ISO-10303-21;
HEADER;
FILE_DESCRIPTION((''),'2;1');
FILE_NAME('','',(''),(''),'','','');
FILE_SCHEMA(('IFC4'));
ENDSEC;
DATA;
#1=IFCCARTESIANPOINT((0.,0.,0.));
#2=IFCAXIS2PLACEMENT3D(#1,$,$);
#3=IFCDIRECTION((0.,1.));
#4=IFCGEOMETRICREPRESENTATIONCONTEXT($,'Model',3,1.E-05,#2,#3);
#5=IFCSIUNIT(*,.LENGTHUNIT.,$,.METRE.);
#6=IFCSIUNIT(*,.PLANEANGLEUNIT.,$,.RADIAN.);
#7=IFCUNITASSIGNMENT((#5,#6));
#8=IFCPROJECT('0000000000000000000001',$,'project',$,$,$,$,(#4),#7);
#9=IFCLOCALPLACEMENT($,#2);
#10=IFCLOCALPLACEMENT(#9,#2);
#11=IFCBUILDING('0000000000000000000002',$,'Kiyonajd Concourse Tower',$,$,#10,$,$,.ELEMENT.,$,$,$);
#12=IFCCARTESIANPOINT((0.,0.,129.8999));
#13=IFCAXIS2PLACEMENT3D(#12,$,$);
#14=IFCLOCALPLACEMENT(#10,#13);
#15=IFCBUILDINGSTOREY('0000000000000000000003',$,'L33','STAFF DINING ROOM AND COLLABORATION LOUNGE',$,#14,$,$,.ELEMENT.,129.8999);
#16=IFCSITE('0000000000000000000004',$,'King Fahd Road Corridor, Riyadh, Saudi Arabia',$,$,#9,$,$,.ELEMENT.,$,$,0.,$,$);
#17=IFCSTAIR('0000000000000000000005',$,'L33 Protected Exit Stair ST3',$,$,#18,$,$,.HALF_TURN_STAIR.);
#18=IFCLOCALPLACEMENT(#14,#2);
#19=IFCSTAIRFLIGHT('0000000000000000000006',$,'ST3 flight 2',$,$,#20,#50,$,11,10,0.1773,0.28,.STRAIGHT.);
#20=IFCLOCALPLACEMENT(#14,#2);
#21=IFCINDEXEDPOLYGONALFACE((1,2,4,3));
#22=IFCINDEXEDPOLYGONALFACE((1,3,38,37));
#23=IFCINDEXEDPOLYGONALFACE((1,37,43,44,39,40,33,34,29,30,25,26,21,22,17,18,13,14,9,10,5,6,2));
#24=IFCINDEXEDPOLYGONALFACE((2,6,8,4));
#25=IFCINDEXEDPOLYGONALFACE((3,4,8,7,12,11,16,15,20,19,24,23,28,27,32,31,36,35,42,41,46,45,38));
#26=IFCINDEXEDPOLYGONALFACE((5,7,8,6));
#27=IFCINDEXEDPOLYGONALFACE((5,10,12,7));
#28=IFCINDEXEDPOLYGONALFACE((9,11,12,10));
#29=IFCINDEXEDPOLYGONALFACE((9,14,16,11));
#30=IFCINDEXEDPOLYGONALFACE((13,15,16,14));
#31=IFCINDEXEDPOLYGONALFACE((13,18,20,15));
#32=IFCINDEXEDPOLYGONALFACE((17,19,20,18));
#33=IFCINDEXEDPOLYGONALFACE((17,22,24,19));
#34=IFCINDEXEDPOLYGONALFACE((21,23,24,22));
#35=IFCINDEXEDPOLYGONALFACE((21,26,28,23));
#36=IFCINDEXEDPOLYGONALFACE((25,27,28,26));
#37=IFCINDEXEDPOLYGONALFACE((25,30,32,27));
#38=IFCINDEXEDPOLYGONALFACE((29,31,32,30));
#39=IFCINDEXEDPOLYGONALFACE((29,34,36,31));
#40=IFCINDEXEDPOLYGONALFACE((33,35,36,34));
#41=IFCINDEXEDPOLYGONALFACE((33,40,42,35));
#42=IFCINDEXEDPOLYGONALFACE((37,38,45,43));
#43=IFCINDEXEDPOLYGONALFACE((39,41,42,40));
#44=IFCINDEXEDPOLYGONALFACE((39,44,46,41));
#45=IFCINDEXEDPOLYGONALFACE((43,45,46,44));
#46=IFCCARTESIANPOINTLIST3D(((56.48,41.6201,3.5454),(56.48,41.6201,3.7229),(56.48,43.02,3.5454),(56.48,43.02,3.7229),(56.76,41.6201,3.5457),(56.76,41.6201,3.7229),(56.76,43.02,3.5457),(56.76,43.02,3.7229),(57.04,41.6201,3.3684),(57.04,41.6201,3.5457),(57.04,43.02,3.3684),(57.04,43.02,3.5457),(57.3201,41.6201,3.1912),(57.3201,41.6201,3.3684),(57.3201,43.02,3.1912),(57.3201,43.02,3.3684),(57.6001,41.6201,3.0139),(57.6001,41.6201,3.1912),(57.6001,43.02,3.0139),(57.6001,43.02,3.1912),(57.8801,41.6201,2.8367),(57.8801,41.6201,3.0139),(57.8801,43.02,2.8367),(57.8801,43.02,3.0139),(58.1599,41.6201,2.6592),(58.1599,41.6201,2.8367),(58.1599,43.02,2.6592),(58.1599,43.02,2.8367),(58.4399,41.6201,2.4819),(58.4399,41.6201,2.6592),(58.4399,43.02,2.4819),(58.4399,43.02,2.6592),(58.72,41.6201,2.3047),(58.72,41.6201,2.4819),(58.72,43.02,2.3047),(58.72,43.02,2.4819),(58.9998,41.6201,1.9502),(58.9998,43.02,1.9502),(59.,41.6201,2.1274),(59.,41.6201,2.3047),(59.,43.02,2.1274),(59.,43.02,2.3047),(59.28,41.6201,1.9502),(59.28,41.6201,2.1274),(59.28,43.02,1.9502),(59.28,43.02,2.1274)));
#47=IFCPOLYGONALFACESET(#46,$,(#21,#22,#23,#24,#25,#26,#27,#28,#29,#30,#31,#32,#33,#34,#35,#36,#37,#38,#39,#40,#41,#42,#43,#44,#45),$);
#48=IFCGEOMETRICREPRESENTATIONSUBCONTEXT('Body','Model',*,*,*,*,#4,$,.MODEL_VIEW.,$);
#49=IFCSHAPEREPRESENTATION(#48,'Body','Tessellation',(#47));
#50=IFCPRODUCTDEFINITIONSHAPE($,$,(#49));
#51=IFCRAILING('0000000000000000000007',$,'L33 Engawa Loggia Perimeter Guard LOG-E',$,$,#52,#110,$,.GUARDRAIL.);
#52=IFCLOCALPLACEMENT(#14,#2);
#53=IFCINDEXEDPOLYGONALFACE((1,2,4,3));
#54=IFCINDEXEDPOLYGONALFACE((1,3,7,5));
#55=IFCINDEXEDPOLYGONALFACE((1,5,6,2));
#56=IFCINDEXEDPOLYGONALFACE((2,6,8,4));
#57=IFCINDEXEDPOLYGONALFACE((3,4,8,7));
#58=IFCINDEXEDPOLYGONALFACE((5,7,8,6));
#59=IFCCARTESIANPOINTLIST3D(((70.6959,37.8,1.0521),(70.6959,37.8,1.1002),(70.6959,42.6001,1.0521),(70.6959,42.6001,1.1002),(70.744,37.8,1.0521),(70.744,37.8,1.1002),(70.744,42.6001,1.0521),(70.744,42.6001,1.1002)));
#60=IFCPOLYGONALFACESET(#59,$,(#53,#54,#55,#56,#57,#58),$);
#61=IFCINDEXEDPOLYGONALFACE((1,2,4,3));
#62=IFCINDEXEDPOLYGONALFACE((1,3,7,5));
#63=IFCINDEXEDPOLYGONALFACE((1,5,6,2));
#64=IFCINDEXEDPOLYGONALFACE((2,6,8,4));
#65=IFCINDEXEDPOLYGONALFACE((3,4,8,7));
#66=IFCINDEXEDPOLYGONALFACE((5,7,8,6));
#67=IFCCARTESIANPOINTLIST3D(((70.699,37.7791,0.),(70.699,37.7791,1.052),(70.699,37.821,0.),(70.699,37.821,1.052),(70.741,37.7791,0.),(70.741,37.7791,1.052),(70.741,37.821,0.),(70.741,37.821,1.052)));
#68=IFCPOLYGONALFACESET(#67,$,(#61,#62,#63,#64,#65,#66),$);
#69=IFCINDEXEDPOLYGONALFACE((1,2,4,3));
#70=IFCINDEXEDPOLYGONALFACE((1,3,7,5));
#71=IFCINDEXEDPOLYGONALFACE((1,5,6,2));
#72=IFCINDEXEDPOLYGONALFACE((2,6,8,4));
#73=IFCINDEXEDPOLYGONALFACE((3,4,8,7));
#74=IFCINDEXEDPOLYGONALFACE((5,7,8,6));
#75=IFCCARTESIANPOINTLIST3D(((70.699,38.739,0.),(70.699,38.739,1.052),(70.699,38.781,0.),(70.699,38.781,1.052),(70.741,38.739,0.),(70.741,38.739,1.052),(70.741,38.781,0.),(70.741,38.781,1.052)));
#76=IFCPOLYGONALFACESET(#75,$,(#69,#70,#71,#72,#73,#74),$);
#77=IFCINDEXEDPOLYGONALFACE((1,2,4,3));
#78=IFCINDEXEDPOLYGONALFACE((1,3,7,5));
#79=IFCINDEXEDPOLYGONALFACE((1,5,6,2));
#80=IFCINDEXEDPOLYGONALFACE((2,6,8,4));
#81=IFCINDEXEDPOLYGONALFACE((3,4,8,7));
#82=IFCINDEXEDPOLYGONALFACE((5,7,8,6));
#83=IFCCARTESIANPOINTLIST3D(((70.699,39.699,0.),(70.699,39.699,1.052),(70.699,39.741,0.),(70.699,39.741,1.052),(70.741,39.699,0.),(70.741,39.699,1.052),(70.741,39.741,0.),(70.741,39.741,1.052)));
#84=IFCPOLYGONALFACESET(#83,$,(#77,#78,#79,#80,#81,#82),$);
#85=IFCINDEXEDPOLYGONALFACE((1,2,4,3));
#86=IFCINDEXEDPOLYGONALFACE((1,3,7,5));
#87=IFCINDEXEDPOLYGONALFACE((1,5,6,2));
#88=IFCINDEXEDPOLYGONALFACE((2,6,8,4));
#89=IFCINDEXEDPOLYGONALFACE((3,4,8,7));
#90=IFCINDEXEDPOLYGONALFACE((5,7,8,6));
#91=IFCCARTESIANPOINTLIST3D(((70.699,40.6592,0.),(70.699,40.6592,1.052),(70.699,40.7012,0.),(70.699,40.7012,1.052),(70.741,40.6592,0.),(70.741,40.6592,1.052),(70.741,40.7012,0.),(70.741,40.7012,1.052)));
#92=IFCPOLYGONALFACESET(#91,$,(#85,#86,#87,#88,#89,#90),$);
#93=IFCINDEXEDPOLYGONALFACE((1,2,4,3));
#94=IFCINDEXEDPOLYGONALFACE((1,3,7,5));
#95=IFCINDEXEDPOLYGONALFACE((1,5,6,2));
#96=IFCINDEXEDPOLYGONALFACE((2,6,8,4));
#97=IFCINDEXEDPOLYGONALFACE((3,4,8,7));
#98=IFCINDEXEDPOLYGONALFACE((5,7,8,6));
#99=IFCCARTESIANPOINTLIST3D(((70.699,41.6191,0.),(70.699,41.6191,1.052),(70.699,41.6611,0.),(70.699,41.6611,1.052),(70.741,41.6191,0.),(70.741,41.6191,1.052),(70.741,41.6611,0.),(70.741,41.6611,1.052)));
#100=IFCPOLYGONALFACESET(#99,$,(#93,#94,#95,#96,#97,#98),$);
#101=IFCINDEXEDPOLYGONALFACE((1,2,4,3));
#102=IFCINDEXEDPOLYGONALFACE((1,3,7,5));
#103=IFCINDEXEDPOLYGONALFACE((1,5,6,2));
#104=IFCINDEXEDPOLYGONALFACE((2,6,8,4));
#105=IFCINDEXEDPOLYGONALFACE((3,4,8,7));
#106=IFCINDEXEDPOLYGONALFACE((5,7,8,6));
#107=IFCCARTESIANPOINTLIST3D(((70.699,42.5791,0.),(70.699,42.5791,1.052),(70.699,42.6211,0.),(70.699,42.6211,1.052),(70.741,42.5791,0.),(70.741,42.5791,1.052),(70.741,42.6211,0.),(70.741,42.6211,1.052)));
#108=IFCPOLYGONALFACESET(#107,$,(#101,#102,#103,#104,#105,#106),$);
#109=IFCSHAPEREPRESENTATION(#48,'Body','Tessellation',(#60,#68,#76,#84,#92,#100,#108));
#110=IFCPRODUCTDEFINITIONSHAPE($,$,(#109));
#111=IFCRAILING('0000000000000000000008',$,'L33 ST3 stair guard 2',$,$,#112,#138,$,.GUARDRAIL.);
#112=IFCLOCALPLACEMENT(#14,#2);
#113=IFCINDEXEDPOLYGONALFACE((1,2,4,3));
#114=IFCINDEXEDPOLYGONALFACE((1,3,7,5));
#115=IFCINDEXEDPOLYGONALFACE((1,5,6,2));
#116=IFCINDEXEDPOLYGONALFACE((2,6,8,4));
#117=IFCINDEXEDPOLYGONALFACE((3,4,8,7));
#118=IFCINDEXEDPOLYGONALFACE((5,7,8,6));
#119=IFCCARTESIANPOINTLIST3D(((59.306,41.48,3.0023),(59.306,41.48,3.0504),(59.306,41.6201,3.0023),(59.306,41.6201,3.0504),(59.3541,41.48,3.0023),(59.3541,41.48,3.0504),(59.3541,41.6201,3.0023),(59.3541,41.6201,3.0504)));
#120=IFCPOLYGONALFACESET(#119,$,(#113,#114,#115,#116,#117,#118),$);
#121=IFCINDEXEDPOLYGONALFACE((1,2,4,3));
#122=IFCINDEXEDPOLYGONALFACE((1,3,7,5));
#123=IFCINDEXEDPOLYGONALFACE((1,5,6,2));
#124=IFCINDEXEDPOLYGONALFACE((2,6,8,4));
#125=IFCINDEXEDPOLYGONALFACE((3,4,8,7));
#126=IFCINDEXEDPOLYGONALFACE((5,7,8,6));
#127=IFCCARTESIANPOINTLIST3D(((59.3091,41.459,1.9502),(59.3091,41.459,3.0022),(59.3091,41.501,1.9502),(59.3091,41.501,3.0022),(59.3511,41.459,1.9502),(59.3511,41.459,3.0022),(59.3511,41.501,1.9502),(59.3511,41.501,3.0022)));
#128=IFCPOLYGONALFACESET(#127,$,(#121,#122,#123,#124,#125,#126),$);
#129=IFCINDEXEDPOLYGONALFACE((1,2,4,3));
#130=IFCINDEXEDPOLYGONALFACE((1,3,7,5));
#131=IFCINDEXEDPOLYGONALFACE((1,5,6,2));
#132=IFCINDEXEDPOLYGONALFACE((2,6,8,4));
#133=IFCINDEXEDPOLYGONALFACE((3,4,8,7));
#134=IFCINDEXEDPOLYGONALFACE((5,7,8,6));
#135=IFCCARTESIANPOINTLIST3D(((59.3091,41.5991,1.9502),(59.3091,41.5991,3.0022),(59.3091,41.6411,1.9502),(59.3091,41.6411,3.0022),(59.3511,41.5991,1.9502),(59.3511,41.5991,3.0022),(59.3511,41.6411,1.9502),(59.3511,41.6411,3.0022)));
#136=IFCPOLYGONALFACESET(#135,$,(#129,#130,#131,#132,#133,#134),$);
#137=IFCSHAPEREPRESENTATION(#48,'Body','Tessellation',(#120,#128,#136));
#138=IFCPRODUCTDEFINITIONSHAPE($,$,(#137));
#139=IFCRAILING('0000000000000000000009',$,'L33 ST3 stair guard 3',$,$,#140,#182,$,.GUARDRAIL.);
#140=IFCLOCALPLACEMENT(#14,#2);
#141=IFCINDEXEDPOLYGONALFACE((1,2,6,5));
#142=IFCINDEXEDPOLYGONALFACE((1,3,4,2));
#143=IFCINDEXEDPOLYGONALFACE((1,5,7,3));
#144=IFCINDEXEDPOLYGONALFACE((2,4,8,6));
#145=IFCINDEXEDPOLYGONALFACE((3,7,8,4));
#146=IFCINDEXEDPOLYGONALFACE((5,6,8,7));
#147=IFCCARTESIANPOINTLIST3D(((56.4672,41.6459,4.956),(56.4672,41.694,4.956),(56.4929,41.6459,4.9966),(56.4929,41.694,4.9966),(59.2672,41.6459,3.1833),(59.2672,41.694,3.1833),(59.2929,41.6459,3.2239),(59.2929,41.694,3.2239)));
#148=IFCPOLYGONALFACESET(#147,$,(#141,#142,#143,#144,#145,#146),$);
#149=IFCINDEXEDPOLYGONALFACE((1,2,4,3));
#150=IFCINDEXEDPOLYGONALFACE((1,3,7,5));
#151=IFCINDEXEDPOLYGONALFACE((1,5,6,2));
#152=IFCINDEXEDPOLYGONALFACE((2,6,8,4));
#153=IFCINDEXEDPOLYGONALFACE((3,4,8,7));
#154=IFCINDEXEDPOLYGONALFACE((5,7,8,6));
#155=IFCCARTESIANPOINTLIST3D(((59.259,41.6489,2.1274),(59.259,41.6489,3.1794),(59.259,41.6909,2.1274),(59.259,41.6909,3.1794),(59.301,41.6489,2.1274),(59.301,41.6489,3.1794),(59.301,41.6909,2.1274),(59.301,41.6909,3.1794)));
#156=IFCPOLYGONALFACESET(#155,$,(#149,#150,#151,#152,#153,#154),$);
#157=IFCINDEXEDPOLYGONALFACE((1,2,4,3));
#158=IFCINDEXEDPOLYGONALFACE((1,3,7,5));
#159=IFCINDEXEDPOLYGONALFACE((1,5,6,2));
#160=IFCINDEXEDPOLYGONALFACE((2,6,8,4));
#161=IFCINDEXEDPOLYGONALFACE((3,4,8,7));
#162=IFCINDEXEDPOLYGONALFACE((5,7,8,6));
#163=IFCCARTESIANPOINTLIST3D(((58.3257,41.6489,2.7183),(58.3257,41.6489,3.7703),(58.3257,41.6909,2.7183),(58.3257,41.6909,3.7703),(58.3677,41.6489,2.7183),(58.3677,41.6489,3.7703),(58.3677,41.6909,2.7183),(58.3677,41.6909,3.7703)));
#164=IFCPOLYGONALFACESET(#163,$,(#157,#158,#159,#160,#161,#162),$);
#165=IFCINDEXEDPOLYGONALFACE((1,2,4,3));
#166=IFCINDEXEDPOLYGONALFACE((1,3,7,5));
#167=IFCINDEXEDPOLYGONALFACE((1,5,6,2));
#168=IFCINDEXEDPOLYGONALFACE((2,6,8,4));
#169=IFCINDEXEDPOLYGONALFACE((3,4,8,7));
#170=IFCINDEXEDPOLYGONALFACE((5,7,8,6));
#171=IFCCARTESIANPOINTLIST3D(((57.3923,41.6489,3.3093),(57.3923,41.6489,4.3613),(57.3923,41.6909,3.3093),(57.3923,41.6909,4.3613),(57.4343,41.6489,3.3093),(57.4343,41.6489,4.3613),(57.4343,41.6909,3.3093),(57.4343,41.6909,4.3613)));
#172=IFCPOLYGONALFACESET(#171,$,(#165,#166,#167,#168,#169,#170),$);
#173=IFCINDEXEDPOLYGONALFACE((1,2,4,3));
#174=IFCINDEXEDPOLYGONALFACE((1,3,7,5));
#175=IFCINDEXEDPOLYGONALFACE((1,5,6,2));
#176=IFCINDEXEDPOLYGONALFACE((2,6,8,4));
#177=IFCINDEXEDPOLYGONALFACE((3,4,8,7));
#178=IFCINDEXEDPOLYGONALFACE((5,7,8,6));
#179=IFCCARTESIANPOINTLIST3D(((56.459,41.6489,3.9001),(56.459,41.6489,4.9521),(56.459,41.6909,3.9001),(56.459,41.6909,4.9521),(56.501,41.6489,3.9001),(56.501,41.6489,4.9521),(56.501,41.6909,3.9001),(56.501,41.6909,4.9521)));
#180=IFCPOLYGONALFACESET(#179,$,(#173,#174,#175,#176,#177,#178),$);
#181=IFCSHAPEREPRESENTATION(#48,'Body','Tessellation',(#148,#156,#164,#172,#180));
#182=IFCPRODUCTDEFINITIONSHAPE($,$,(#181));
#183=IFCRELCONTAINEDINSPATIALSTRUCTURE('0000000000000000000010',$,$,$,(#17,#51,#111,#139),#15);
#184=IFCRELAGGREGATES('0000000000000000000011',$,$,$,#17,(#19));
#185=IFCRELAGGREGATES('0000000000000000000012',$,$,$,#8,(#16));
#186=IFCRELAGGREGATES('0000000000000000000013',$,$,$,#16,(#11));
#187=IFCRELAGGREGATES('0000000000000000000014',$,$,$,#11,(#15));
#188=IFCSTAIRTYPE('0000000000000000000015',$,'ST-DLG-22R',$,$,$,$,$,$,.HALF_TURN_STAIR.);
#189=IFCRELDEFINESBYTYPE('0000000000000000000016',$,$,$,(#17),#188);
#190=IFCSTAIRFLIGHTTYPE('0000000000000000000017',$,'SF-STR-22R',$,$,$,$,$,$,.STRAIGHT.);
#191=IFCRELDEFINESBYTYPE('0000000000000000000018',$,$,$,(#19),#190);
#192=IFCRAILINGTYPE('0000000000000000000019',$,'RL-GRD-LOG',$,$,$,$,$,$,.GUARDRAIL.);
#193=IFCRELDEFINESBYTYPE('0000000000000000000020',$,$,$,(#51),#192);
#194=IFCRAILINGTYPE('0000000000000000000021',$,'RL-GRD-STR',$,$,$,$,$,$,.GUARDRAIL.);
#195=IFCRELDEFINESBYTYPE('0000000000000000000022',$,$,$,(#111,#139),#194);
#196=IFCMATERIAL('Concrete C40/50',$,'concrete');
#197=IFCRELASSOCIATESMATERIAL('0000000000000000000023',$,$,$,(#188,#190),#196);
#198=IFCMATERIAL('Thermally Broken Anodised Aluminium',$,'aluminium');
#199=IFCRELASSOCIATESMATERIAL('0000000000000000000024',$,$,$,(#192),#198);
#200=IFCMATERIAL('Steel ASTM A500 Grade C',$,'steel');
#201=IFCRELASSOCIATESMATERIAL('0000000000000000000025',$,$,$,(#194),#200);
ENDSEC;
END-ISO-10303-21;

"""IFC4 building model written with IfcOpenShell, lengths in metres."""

from ifc_helpers import new_model, si_unit, direction, frame, origin, origin_2d, place, context, subcontext, project, spatial, polyline, rectangle, outline, extrude, material, type_object, element, aggregate, save


model = new_model("IFC4")

# Units and contexts
model_context = context("Model", 3, precision=1e-05, world=origin(), true_north=direction((0.0, 1.0)))
body_context = subcontext(model_context, "Body", "Model", "MODEL_VIEW")
ifc_project = project(units=[si_unit("LENGTHUNIT", "METRE"), si_unit("PLANEANGLEUNIT", "RADIAN")], contexts=[model_context])

# Site, building, storey
site_placement = place(None, origin())
site = spatial("IfcSite", under=ifc_project, at=site_placement, Name="King Fahd Road Corridor, Riyadh, Saudi Arabia", CompositionType="ELEMENT", RefElevation=0.0)
building_placement = place(site_placement, origin())
building = spatial("IfcBuilding", under=site, at=building_placement, Name="Kiyonajd Concourse Tower", CompositionType="ELEMENT")
storey_placement = place(building_placement, frame((0.0, 0.0, 129.8999)))
storey = spatial("IfcBuildingStorey", under=building, at=storey_placement, Name="L33", Description="STAFF DINING ROOM AND COLLABORATION LOUNGE", CompositionType="ELEMENT", Elevation=129.8999)

# Shared definitions
ifc_material_1 = material(Name="Thermally Broken Anodised Aluminium", Category="aluminium")

# Stair, stair flight
ifc_material_2 = material(Name="Concrete C40/50", Category="concrete")
stair_type = type_object("IfcStairType", Name="ST-DLG-22R", PredefinedType="HALF_TURN_STAIR", material=ifc_material_2)
stair_placement = place(storey_placement, origin())
stair = element("IfcStair", 1, at=stair_placement, inside=storey, type_object=stair_type, Name="L33 Protected Exit Stair ST3", PredefinedType="HALF_TURN_STAIR")
stair_flight_type = type_object("IfcStairFlightType", Name="SF-STR-22R", PredefinedType="STRAIGHT", material=ifc_material_2)
stair_flight_placement = place(storey_placement, frame((59.28, 42.3201, 1.9502), z_axis=(0.0, 0.0, 1.0), x_axis=(-1.0, 0.0, 0.0)))
stair_flight = element("IfcStairFlight", 2, at=stair_flight_placement, type_object=stair_flight_type, Name="ST3 flight 2", NumberOfRisers=11, NumberOfTreads=10, PredefinedType="STRAIGHT", RiserHeight=0.1773, TreadLength=0.28, context=body_context, shape_type="SweptSolid", body=[
    extrude(outline(polyline([(0.0, 0.0), (0.0, 0.1772), (0.28, 0.1772), (0.28, 0.3545), (0.5601, 0.3545), (0.5601, 0.5317), (0.8401, 0.5317), (0.8401, 0.709), (1.1201, 0.709), (1.1201, 0.8865), (1.3999, 0.8865), (1.3999, 1.0637), (1.6799, 1.0637), (1.6799, 1.241), (1.96, 1.241), (1.96, 1.4182), (2.24, 1.4182), (2.24, 1.5955), (2.52, 1.5955), (2.52, 1.7727), (2.8, 1.7727), (2.8, 1.95), (2.8, 1.5952), (0.2803, 0.0), (0.0, 0.0)])), frame((0.0, 0.7, 0.0), z_axis=(0.0, -1.0, 0.0), x_axis=(1.0, 0.0, 0.0)), (0.0, 0.0, 1.0), 1.3999),
])
aggregate(stair, [stair_flight])

# Railings
railing_type_1 = type_object("IfcRailingType", Name="RL-GRD-LOG", PredefinedType="GUARDRAIL", material=ifc_material_1)
railing_1_placement = place(storey_placement, frame((70.72, 37.8, 0.0)))
element("IfcRailing", 3, at=railing_1_placement, inside=storey, type_object=railing_type_1, Name="L33 Engawa Loggia Perimeter Guard LOG-E", PredefinedType="GUARDRAIL", context=body_context, shape_type="SweptSolid", body=[
    extrude(rectangle(XDim=0.0481, YDim=0.0481, at=origin_2d()), frame((0.0, 0.0, 1.0762), z_axis=(0.0, 1.0, 0.0), x_axis=(-1.0, 0.0, 0.0)), (0.0, 0.0, 1.0), 4.8),
    extrude(rectangle(XDim=0.042, YDim=0.042, at=origin_2d()), origin(), (0.0, 0.0, 1.0), 1.052),
    extrude(rectangle(XDim=0.042, YDim=0.042, at=origin_2d()), frame((0.0, 0.96, 0.0)), (0.0, 0.0, 1.0), 1.052),
    extrude(rectangle(XDim=0.042, YDim=0.042, at=origin_2d()), frame((0.0, 1.9199, 0.0)), (0.0, 0.0, 1.0), 1.052),
    extrude(rectangle(XDim=0.042, YDim=0.042, at=origin_2d()), frame((0.0, 2.8801, 0.0)), (0.0, 0.0, 1.0), 1.052),
    extrude(rectangle(XDim=0.042, YDim=0.042, at=origin_2d()), frame((0.0, 3.8401, 0.0)), (0.0, 0.0, 1.0), 1.052),
    extrude(rectangle(XDim=0.042, YDim=0.042, at=origin_2d()), frame((0.0, 4.8, 0.0)), (0.0, 0.0, 1.0), 1.052),
])
ifc_material_3 = material(Name="Steel ASTM A500 Grade C", Category="steel")
railing_type_2 = type_object("IfcRailingType", Name="RL-GRD-STR", PredefinedType="GUARDRAIL", material=ifc_material_3)
railing_2_placement = place(storey_placement, frame((59.3301, 41.48, 1.9502)))
element("IfcRailing", 4, at=railing_2_placement, inside=storey, type_object=railing_type_2, Name="L33 ST3 stair guard 2", PredefinedType="GUARDRAIL", context=body_context, shape_type="SweptSolid", body=[
    extrude(rectangle(XDim=0.0481, YDim=0.0481, at=origin_2d()), frame((0.0, 0.0, 1.0762), z_axis=(0.0, 1.0, 0.0), x_axis=(-1.0, 0.0, 0.0)), (0.0, 0.0, 1.0), 0.1401),
    extrude(rectangle(XDim=0.042, YDim=0.042, at=origin_2d()), origin(), (0.0, 0.0, 1.0), 1.052),
    extrude(rectangle(XDim=0.042, YDim=0.042, at=origin_2d()), frame((0.0, 0.1401, 0.0)), (0.0, 0.0, 1.0), 1.052),
])
railing_3_placement = place(storey_placement, frame((59.28, 41.6699, 2.1274)))
element("IfcRailing", 5, at=railing_3_placement, inside=storey, type_object=railing_type_2, Name="L33 ST3 stair guard 3", PredefinedType="GUARDRAIL", context=body_context, shape_type="SweptSolid", body=[
    extrude(rectangle(XDim=0.0481, YDim=0.0481, at=origin_2d()), frame((0.0, 0.0, 1.0762), z_axis=(-0.844909, 0.0, 0.53491), x_axis=(0.0, -1.0, 0.0)), (0.0, 0.0, 1.0), 3.314),
    extrude(rectangle(XDim=0.042, YDim=0.042, at=origin_2d()), origin(), (0.0, 0.0, 1.0), 1.052),
    extrude(rectangle(XDim=0.042, YDim=0.042, at=origin_2d()), frame((-0.9333, 0.0, 0.5908)), (0.0, 0.0, 1.0), 1.052),
    extrude(rectangle(XDim=0.042, YDim=0.042, at=origin_2d()), frame((-1.8667, 0.0, 1.1819)), (0.0, 0.0, 1.0), 1.052),
    extrude(rectangle(XDim=0.042, YDim=0.042, at=origin_2d()), frame((-2.8, 0.0, 1.7727)), (0.0, 0.0, 1.0), 1.052),
])

save(model, "model.ifc")
